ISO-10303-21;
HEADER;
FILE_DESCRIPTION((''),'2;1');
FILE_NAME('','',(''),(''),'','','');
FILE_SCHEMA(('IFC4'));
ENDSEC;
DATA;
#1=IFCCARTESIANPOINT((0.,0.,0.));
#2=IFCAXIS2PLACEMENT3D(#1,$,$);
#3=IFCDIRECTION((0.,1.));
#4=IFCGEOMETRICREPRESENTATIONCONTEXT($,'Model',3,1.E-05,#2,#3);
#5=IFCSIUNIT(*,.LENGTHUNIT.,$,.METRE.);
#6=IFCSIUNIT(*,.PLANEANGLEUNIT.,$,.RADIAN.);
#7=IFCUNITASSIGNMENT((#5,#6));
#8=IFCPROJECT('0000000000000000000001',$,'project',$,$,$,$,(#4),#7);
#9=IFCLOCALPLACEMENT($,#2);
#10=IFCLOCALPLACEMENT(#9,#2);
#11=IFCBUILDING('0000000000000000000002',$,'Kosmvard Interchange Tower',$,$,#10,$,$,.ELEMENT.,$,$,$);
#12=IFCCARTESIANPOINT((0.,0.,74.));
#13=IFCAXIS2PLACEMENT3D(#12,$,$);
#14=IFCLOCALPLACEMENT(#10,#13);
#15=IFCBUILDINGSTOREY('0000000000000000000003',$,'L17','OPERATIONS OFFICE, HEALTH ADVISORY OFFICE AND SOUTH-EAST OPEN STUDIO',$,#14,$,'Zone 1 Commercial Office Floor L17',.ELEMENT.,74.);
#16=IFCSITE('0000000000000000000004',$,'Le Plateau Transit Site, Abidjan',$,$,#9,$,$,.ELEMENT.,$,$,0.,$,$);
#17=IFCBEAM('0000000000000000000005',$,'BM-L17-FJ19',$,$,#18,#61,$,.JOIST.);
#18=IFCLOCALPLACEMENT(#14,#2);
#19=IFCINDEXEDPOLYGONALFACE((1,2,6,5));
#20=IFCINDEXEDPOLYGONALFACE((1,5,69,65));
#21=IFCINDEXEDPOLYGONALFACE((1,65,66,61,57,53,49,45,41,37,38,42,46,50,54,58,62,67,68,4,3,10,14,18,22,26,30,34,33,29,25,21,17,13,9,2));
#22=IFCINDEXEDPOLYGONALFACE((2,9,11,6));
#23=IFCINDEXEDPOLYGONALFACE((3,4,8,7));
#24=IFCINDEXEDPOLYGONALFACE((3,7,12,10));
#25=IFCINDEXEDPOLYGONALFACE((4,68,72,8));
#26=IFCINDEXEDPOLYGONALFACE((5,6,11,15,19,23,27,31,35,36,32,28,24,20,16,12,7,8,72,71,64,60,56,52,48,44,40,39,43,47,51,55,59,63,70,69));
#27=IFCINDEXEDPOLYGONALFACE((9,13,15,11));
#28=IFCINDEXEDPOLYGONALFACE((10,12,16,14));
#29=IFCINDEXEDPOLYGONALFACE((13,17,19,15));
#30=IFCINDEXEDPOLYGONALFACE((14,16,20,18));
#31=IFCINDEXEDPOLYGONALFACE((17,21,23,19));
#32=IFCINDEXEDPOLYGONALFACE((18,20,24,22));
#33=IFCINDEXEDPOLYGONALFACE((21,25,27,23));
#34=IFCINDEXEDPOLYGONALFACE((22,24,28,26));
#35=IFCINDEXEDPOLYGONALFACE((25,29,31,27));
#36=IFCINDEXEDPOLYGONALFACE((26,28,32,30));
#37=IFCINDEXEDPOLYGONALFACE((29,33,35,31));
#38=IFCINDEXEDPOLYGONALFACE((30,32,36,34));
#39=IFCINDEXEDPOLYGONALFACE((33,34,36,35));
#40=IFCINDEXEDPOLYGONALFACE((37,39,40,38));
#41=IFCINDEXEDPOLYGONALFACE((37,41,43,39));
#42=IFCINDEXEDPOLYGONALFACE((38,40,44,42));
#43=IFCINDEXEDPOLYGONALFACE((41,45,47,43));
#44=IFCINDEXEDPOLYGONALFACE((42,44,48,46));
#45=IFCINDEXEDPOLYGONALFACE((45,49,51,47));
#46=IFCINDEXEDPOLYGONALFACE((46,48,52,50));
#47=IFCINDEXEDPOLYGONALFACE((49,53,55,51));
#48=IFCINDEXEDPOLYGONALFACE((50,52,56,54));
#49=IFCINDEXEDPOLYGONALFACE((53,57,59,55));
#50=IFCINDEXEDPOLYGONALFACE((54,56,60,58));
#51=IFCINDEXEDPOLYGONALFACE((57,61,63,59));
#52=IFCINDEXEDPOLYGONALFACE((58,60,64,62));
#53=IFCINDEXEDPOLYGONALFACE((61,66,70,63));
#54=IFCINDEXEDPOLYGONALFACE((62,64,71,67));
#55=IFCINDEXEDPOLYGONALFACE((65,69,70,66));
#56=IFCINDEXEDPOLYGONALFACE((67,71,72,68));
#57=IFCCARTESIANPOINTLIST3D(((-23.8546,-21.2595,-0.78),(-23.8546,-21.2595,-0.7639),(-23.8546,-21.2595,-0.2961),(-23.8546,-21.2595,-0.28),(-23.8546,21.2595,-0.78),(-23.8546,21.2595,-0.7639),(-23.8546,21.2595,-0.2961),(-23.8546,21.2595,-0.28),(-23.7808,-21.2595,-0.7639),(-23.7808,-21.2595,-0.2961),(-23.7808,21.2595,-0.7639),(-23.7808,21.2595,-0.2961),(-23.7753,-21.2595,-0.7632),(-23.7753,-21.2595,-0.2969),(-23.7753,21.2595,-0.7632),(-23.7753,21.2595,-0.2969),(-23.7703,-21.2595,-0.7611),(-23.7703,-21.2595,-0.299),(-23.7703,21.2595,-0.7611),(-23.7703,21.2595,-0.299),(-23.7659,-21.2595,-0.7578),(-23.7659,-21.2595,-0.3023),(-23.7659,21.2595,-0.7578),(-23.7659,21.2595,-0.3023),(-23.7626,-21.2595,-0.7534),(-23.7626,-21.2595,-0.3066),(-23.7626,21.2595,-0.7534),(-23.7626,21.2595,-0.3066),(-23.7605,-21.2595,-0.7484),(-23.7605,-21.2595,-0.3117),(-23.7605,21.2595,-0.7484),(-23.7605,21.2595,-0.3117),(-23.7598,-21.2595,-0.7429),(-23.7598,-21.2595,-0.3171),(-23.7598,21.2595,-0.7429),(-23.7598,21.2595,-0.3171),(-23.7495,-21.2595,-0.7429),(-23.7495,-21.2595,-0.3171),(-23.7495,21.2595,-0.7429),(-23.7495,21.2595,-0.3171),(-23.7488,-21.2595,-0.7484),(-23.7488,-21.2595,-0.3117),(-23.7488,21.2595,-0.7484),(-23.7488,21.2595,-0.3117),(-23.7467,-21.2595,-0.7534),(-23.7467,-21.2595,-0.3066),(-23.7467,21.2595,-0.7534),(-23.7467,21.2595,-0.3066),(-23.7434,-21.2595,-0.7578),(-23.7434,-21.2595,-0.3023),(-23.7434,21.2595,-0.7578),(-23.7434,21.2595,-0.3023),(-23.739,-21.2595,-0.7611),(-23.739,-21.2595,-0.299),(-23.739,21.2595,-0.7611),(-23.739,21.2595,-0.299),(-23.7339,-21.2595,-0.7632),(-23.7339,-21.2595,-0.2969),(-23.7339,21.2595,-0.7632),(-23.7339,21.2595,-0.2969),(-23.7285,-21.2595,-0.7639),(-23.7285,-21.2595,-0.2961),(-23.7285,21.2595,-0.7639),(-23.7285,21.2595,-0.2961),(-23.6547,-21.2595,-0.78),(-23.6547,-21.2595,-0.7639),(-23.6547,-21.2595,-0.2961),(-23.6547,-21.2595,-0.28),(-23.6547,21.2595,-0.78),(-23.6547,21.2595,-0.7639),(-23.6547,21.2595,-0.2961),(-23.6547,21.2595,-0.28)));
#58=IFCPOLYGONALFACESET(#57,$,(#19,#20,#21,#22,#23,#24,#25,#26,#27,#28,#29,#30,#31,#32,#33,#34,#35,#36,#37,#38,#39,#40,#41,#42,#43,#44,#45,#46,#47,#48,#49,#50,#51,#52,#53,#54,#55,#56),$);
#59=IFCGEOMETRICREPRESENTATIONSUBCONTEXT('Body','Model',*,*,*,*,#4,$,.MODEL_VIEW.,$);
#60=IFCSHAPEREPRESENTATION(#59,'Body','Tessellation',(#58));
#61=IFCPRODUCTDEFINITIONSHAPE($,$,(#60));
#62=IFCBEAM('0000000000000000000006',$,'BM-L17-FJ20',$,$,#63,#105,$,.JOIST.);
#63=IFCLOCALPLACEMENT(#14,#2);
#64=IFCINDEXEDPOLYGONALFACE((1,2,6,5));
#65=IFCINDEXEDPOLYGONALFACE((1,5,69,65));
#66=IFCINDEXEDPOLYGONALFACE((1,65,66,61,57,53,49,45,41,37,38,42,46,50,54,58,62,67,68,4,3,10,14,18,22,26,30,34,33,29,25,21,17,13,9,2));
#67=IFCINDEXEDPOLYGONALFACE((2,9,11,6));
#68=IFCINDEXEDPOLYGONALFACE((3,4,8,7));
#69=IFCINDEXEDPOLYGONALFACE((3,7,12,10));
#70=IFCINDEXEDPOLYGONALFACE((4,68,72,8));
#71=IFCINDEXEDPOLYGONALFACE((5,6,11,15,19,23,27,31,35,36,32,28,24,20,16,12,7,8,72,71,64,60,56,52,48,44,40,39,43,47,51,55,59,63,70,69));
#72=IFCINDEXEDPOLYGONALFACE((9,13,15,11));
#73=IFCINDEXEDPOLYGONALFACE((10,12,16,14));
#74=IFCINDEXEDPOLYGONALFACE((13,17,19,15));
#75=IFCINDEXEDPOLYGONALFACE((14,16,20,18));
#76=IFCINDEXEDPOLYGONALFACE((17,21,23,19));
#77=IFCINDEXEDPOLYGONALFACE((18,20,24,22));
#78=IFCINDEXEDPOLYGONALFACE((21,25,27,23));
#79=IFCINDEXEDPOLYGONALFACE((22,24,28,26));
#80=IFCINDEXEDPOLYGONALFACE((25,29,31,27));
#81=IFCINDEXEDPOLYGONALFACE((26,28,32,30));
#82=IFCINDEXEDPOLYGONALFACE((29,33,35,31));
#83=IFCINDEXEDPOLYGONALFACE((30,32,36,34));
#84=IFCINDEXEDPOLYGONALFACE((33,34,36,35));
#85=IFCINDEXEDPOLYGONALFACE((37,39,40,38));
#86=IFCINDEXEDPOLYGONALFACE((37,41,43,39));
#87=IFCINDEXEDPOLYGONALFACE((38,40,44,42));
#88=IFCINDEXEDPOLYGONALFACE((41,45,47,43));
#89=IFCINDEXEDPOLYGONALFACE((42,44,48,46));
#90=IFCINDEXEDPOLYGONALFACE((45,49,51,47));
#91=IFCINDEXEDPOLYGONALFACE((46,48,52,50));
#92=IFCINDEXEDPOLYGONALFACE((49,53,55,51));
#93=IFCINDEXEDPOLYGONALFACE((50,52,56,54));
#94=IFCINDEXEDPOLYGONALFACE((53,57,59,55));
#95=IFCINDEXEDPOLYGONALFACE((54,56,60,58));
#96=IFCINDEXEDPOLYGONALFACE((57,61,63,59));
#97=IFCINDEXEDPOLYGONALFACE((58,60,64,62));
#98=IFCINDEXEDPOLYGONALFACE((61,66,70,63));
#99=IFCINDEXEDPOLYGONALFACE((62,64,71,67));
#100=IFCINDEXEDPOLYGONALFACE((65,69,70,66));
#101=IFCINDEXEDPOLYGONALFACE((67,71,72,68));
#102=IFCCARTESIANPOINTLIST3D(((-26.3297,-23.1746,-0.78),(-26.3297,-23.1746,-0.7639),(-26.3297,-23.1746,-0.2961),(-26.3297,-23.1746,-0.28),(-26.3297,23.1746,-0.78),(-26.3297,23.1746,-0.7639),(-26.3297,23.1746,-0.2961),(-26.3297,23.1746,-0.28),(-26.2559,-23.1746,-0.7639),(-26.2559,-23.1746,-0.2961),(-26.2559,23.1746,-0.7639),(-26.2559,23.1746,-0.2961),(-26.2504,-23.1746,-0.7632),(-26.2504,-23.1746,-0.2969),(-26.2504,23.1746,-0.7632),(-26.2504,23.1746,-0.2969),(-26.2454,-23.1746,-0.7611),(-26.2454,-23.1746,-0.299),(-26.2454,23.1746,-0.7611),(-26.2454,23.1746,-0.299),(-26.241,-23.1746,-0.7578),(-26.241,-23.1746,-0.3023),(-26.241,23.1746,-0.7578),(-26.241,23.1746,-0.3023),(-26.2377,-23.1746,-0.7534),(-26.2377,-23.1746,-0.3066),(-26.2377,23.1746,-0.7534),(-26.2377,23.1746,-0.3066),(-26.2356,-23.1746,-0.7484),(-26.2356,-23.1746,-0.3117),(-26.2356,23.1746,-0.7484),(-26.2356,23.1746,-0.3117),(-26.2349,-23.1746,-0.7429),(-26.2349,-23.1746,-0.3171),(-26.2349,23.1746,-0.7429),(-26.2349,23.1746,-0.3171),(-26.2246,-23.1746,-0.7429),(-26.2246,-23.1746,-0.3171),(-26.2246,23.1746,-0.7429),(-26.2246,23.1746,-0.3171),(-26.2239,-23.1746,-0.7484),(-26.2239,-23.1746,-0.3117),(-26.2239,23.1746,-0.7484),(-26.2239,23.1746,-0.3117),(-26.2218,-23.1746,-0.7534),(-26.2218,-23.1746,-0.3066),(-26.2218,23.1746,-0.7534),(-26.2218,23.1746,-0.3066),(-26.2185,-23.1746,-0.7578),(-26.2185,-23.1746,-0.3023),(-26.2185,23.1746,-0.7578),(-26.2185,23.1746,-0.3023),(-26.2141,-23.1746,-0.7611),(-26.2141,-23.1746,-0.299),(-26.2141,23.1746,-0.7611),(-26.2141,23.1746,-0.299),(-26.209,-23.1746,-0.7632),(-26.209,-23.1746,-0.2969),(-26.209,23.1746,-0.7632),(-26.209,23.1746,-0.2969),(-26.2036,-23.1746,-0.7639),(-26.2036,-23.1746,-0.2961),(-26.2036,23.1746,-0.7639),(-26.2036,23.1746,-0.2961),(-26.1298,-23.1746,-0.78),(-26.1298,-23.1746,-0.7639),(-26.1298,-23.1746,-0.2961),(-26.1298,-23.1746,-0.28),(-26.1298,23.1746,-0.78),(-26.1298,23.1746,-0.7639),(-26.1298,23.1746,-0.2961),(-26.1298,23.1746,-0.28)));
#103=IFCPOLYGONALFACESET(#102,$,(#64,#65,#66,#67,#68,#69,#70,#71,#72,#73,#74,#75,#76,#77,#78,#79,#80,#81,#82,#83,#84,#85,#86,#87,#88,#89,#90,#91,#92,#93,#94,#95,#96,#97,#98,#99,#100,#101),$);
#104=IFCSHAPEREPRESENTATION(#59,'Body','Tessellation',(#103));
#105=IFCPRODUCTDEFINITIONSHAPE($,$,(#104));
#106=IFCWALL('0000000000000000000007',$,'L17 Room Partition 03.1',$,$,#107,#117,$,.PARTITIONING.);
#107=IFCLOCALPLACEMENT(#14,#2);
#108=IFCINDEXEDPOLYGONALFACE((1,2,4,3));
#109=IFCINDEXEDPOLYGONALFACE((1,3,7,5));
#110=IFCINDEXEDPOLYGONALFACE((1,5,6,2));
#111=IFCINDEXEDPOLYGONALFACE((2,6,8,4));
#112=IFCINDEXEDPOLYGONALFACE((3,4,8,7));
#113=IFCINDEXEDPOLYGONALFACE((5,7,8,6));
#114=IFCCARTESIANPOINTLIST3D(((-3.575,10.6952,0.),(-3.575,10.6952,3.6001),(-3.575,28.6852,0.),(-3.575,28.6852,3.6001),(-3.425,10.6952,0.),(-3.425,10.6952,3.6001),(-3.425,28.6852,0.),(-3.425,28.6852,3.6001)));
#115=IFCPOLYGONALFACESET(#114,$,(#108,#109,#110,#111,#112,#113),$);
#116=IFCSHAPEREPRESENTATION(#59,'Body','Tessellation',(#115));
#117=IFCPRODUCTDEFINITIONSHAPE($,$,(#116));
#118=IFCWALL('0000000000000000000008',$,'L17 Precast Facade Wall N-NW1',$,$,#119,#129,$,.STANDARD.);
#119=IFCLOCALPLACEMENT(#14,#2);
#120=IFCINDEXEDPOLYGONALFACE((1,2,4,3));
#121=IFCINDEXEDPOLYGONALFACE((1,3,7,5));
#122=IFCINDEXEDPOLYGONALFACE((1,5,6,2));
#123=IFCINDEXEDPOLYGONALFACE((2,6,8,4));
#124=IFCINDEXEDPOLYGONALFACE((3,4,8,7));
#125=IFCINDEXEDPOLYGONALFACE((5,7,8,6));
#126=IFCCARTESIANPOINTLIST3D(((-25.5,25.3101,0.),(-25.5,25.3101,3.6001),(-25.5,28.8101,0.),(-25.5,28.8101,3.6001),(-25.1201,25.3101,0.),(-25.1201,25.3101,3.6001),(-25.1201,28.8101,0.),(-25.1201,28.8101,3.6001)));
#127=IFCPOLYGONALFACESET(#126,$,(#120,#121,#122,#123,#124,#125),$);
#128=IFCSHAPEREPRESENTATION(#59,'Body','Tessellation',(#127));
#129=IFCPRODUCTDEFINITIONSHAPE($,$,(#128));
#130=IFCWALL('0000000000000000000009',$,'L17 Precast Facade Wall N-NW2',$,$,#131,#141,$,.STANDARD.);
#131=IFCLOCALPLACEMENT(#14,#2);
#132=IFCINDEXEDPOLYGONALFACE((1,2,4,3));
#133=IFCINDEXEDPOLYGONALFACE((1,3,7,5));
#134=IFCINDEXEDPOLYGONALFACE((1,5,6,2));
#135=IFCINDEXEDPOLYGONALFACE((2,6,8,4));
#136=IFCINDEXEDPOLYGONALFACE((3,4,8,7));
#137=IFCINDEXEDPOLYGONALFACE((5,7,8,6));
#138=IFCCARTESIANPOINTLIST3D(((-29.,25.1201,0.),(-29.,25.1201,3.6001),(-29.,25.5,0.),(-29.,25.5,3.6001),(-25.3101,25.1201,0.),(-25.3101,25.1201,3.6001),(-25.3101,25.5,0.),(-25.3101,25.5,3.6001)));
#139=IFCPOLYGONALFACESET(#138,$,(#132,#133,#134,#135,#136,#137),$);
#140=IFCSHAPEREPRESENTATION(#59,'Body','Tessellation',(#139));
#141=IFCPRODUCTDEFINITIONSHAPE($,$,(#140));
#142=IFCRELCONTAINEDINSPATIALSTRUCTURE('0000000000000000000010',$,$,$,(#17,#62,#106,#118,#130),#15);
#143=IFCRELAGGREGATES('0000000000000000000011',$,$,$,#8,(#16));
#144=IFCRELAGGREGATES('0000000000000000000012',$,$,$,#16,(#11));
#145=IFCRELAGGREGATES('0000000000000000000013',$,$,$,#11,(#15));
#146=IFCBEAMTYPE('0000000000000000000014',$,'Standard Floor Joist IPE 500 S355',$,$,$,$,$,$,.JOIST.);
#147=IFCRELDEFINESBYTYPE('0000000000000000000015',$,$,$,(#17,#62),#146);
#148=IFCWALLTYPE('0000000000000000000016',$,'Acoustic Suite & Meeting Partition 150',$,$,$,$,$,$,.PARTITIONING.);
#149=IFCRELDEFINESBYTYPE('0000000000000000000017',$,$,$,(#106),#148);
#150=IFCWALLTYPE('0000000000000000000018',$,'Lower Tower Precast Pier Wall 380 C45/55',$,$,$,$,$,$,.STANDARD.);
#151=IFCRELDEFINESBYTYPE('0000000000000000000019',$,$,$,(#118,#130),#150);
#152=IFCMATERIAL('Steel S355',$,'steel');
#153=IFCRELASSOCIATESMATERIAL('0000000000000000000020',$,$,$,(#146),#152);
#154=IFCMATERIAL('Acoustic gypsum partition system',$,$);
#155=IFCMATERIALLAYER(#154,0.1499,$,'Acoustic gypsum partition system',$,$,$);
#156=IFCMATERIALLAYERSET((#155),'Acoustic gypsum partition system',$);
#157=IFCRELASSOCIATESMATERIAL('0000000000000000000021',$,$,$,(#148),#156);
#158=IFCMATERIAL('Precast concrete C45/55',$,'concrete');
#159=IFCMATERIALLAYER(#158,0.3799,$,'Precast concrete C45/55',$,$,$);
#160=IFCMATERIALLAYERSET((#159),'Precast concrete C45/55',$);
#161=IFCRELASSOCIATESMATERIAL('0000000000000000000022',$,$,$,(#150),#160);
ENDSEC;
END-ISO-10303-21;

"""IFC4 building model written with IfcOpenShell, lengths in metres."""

from ifc_helpers import new_model, si_unit, direction, frame, frame_2d, origin, origin_2d, place, context, subcontext, project, spatial, rectangle, i_section, extrude, source, transform, mapped, material, layer, layer_set, material_profile, profile_set, type_object, element, save


model = new_model("IFC4")

# Units and contexts
model_context = context("Model", 3, precision=1e-05, world=origin(), true_north=direction((0.0, 1.0)))
body_context = subcontext(model_context, "Body", "Model", "MODEL_VIEW")
ifc_project = project(units=[si_unit("LENGTHUNIT", "METRE"), si_unit("PLANEANGLEUNIT", "RADIAN")], contexts=[model_context])

# Site, building, storey
site_placement = place(None, origin())
site = spatial("IfcSite", under=ifc_project, at=site_placement, Name="Le Plateau Transit Site, Abidjan", CompositionType="ELEMENT", RefElevation=0.0)
building_placement = place(site_placement, origin())
building = spatial("IfcBuilding", under=site, at=building_placement, Name="Kosmvard Interchange Tower", CompositionType="ELEMENT")
storey_placement = place(building_placement, frame((0.0, 0.0, 74.0)))
storey = spatial("IfcBuildingStorey", under=building, at=storey_placement, Name="L17", Description="OPERATIONS OFFICE, HEALTH ADVISORY OFFICE AND SOUTH-EAST OPEN STUDIO", LongName="Zone 1 Commercial Office Floor L17", CompositionType="ELEMENT", Elevation=74.0)

# Beams
ifc_material_1 = material(Name="Steel S355", Category="steel")
ifc_material_2 = material(Name="Precast concrete C45/55", Category="concrete")
ifc_material_profile_1 = material_profile(ifc_material_1, i_section(OverallWidth=0.2, OverallDepth=0.5, WebThickness=0.0103, FlangeThickness=0.0161, FilletRadius=0.021, at=origin_2d()), Name="IPE 500")
ifc_profile_set_1 = profile_set([ifc_material_profile_1], Name="Steel S355")
beam_type_1 = type_object("IfcBeamType", Name="Standard Floor Joist IPE 500 S355", PredefinedType="JOIST", material=ifc_profile_set_1)
shared_shape_1 = source(origin(), body_context, "Body", "SweptSolid", [
    extrude(i_section(OverallWidth=0.2, OverallDepth=0.5, WebThickness=0.0103, FlangeThickness=0.0161, FilletRadius=0.021, at=origin_2d()), origin(), (0.0, 0.0, 1.0), 42.519),
])
beam_1_placement = place(storey_placement, frame((-23.7546, 21.2595, -0.53), z_axis=(0.0, -1.0, 0.0), x_axis=(1.0, 0.0, 0.0)))
element("IfcBeam", 1, at=beam_1_placement, inside=storey, type_object=beam_type_1, Name="BM-L17-FJ19", PredefinedType="JOIST", context=body_context, shape_type="MappedRepresentation", body=[
    mapped(shared_shape_1, transform((0.0, 0.0, 0.0), scale=1.0)),
])
shared_shape_2 = source(origin(), body_context, "Body", "SweptSolid", [
    extrude(i_section(OverallWidth=0.2, OverallDepth=0.5, WebThickness=0.0103, FlangeThickness=0.0161, FilletRadius=0.021, at=origin_2d()), origin(), (0.0, 0.0, 1.0), 46.3491),
])
beam_2_placement = place(storey_placement, frame((-26.2297, 23.1746, -0.53), z_axis=(0.0, -1.0, 0.0), x_axis=(1.0, 0.0, 0.0)))
element("IfcBeam", 2, at=beam_2_placement, inside=storey, type_object=beam_type_1, Name="BM-L17-FJ20", PredefinedType="JOIST", context=body_context, shape_type="MappedRepresentation", body=[
    mapped(shared_shape_2, transform((0.0, 0.0, 0.0), scale=1.0)),
])

# Walls
ifc_material_3 = material(Name="Acoustic gypsum partition system")
ifc_layer_1 = layer(ifc_material_3, 0.1499, Name="Acoustic gypsum partition system")
ifc_layer_set_1 = layer_set([ifc_layer_1], Name="Acoustic gypsum partition system")
wall_type_1 = type_object("IfcWallType", Name="Acoustic Suite & Meeting Partition 150", PredefinedType="PARTITIONING", material=ifc_layer_set_1)
wall_1_placement = place(storey_placement, frame((-3.5, 10.6951, 0.0), z_axis=(0.0, 0.0, 1.0), x_axis=(0.0, 1.0, 0.0)))
element("IfcWall", 3, at=wall_1_placement, inside=storey, type_object=wall_type_1, Name="L17 Room Partition 03.1", PredefinedType="PARTITIONING", context=body_context, shape_type="SweptSolid", body=[
    extrude(rectangle(XDim=17.99, YDim=0.1499, at=frame_2d((8.9951, 0.0))), origin(), (0.0, 0.0, 1.0), 3.6001),
])
ifc_layer_2 = layer(ifc_material_2, 0.3799, Name="Precast concrete C45/55")
ifc_layer_set_2 = layer_set([ifc_layer_2], Name="Precast concrete C45/55")
wall_type_2 = type_object("IfcWallType", Name="Lower Tower Precast Pier Wall 380 C45/55", PredefinedType="STANDARD", material=ifc_layer_set_2)
wall_2_placement = place(storey_placement, frame((-25.3101, 28.8101, 0.0), z_axis=(0.0, 0.0, 1.0), x_axis=(0.0, -1.0, 0.0)))
element("IfcWall", 4, at=wall_2_placement, inside=storey, type_object=wall_type_2, Name="L17 Precast Facade Wall N-NW1", PredefinedType="STANDARD", context=body_context, shape_type="SweptSolid", body=[
    extrude(rectangle(XDim=3.5, YDim=0.3799, at=frame_2d((1.75, 0.0))), origin(), (0.0, 0.0, 1.0), 3.6001),
])
wall_3_placement = place(storey_placement, frame((-25.3101, 25.3101, 0.0), z_axis=(0.0, 0.0, 1.0), x_axis=(-1.0, 0.0, 0.0)))
element("IfcWall", 5, at=wall_3_placement, inside=storey, type_object=wall_type_2, Name="L17 Precast Facade Wall N-NW2", PredefinedType="STANDARD", context=body_context, shape_type="SweptSolid", body=[
    extrude(rectangle(XDim=3.6899, YDim=0.3799, at=frame_2d((1.845, 0.0))), origin(), (0.0, 0.0, 1.0), 3.6001),
])

save(model, "model.ifc")
